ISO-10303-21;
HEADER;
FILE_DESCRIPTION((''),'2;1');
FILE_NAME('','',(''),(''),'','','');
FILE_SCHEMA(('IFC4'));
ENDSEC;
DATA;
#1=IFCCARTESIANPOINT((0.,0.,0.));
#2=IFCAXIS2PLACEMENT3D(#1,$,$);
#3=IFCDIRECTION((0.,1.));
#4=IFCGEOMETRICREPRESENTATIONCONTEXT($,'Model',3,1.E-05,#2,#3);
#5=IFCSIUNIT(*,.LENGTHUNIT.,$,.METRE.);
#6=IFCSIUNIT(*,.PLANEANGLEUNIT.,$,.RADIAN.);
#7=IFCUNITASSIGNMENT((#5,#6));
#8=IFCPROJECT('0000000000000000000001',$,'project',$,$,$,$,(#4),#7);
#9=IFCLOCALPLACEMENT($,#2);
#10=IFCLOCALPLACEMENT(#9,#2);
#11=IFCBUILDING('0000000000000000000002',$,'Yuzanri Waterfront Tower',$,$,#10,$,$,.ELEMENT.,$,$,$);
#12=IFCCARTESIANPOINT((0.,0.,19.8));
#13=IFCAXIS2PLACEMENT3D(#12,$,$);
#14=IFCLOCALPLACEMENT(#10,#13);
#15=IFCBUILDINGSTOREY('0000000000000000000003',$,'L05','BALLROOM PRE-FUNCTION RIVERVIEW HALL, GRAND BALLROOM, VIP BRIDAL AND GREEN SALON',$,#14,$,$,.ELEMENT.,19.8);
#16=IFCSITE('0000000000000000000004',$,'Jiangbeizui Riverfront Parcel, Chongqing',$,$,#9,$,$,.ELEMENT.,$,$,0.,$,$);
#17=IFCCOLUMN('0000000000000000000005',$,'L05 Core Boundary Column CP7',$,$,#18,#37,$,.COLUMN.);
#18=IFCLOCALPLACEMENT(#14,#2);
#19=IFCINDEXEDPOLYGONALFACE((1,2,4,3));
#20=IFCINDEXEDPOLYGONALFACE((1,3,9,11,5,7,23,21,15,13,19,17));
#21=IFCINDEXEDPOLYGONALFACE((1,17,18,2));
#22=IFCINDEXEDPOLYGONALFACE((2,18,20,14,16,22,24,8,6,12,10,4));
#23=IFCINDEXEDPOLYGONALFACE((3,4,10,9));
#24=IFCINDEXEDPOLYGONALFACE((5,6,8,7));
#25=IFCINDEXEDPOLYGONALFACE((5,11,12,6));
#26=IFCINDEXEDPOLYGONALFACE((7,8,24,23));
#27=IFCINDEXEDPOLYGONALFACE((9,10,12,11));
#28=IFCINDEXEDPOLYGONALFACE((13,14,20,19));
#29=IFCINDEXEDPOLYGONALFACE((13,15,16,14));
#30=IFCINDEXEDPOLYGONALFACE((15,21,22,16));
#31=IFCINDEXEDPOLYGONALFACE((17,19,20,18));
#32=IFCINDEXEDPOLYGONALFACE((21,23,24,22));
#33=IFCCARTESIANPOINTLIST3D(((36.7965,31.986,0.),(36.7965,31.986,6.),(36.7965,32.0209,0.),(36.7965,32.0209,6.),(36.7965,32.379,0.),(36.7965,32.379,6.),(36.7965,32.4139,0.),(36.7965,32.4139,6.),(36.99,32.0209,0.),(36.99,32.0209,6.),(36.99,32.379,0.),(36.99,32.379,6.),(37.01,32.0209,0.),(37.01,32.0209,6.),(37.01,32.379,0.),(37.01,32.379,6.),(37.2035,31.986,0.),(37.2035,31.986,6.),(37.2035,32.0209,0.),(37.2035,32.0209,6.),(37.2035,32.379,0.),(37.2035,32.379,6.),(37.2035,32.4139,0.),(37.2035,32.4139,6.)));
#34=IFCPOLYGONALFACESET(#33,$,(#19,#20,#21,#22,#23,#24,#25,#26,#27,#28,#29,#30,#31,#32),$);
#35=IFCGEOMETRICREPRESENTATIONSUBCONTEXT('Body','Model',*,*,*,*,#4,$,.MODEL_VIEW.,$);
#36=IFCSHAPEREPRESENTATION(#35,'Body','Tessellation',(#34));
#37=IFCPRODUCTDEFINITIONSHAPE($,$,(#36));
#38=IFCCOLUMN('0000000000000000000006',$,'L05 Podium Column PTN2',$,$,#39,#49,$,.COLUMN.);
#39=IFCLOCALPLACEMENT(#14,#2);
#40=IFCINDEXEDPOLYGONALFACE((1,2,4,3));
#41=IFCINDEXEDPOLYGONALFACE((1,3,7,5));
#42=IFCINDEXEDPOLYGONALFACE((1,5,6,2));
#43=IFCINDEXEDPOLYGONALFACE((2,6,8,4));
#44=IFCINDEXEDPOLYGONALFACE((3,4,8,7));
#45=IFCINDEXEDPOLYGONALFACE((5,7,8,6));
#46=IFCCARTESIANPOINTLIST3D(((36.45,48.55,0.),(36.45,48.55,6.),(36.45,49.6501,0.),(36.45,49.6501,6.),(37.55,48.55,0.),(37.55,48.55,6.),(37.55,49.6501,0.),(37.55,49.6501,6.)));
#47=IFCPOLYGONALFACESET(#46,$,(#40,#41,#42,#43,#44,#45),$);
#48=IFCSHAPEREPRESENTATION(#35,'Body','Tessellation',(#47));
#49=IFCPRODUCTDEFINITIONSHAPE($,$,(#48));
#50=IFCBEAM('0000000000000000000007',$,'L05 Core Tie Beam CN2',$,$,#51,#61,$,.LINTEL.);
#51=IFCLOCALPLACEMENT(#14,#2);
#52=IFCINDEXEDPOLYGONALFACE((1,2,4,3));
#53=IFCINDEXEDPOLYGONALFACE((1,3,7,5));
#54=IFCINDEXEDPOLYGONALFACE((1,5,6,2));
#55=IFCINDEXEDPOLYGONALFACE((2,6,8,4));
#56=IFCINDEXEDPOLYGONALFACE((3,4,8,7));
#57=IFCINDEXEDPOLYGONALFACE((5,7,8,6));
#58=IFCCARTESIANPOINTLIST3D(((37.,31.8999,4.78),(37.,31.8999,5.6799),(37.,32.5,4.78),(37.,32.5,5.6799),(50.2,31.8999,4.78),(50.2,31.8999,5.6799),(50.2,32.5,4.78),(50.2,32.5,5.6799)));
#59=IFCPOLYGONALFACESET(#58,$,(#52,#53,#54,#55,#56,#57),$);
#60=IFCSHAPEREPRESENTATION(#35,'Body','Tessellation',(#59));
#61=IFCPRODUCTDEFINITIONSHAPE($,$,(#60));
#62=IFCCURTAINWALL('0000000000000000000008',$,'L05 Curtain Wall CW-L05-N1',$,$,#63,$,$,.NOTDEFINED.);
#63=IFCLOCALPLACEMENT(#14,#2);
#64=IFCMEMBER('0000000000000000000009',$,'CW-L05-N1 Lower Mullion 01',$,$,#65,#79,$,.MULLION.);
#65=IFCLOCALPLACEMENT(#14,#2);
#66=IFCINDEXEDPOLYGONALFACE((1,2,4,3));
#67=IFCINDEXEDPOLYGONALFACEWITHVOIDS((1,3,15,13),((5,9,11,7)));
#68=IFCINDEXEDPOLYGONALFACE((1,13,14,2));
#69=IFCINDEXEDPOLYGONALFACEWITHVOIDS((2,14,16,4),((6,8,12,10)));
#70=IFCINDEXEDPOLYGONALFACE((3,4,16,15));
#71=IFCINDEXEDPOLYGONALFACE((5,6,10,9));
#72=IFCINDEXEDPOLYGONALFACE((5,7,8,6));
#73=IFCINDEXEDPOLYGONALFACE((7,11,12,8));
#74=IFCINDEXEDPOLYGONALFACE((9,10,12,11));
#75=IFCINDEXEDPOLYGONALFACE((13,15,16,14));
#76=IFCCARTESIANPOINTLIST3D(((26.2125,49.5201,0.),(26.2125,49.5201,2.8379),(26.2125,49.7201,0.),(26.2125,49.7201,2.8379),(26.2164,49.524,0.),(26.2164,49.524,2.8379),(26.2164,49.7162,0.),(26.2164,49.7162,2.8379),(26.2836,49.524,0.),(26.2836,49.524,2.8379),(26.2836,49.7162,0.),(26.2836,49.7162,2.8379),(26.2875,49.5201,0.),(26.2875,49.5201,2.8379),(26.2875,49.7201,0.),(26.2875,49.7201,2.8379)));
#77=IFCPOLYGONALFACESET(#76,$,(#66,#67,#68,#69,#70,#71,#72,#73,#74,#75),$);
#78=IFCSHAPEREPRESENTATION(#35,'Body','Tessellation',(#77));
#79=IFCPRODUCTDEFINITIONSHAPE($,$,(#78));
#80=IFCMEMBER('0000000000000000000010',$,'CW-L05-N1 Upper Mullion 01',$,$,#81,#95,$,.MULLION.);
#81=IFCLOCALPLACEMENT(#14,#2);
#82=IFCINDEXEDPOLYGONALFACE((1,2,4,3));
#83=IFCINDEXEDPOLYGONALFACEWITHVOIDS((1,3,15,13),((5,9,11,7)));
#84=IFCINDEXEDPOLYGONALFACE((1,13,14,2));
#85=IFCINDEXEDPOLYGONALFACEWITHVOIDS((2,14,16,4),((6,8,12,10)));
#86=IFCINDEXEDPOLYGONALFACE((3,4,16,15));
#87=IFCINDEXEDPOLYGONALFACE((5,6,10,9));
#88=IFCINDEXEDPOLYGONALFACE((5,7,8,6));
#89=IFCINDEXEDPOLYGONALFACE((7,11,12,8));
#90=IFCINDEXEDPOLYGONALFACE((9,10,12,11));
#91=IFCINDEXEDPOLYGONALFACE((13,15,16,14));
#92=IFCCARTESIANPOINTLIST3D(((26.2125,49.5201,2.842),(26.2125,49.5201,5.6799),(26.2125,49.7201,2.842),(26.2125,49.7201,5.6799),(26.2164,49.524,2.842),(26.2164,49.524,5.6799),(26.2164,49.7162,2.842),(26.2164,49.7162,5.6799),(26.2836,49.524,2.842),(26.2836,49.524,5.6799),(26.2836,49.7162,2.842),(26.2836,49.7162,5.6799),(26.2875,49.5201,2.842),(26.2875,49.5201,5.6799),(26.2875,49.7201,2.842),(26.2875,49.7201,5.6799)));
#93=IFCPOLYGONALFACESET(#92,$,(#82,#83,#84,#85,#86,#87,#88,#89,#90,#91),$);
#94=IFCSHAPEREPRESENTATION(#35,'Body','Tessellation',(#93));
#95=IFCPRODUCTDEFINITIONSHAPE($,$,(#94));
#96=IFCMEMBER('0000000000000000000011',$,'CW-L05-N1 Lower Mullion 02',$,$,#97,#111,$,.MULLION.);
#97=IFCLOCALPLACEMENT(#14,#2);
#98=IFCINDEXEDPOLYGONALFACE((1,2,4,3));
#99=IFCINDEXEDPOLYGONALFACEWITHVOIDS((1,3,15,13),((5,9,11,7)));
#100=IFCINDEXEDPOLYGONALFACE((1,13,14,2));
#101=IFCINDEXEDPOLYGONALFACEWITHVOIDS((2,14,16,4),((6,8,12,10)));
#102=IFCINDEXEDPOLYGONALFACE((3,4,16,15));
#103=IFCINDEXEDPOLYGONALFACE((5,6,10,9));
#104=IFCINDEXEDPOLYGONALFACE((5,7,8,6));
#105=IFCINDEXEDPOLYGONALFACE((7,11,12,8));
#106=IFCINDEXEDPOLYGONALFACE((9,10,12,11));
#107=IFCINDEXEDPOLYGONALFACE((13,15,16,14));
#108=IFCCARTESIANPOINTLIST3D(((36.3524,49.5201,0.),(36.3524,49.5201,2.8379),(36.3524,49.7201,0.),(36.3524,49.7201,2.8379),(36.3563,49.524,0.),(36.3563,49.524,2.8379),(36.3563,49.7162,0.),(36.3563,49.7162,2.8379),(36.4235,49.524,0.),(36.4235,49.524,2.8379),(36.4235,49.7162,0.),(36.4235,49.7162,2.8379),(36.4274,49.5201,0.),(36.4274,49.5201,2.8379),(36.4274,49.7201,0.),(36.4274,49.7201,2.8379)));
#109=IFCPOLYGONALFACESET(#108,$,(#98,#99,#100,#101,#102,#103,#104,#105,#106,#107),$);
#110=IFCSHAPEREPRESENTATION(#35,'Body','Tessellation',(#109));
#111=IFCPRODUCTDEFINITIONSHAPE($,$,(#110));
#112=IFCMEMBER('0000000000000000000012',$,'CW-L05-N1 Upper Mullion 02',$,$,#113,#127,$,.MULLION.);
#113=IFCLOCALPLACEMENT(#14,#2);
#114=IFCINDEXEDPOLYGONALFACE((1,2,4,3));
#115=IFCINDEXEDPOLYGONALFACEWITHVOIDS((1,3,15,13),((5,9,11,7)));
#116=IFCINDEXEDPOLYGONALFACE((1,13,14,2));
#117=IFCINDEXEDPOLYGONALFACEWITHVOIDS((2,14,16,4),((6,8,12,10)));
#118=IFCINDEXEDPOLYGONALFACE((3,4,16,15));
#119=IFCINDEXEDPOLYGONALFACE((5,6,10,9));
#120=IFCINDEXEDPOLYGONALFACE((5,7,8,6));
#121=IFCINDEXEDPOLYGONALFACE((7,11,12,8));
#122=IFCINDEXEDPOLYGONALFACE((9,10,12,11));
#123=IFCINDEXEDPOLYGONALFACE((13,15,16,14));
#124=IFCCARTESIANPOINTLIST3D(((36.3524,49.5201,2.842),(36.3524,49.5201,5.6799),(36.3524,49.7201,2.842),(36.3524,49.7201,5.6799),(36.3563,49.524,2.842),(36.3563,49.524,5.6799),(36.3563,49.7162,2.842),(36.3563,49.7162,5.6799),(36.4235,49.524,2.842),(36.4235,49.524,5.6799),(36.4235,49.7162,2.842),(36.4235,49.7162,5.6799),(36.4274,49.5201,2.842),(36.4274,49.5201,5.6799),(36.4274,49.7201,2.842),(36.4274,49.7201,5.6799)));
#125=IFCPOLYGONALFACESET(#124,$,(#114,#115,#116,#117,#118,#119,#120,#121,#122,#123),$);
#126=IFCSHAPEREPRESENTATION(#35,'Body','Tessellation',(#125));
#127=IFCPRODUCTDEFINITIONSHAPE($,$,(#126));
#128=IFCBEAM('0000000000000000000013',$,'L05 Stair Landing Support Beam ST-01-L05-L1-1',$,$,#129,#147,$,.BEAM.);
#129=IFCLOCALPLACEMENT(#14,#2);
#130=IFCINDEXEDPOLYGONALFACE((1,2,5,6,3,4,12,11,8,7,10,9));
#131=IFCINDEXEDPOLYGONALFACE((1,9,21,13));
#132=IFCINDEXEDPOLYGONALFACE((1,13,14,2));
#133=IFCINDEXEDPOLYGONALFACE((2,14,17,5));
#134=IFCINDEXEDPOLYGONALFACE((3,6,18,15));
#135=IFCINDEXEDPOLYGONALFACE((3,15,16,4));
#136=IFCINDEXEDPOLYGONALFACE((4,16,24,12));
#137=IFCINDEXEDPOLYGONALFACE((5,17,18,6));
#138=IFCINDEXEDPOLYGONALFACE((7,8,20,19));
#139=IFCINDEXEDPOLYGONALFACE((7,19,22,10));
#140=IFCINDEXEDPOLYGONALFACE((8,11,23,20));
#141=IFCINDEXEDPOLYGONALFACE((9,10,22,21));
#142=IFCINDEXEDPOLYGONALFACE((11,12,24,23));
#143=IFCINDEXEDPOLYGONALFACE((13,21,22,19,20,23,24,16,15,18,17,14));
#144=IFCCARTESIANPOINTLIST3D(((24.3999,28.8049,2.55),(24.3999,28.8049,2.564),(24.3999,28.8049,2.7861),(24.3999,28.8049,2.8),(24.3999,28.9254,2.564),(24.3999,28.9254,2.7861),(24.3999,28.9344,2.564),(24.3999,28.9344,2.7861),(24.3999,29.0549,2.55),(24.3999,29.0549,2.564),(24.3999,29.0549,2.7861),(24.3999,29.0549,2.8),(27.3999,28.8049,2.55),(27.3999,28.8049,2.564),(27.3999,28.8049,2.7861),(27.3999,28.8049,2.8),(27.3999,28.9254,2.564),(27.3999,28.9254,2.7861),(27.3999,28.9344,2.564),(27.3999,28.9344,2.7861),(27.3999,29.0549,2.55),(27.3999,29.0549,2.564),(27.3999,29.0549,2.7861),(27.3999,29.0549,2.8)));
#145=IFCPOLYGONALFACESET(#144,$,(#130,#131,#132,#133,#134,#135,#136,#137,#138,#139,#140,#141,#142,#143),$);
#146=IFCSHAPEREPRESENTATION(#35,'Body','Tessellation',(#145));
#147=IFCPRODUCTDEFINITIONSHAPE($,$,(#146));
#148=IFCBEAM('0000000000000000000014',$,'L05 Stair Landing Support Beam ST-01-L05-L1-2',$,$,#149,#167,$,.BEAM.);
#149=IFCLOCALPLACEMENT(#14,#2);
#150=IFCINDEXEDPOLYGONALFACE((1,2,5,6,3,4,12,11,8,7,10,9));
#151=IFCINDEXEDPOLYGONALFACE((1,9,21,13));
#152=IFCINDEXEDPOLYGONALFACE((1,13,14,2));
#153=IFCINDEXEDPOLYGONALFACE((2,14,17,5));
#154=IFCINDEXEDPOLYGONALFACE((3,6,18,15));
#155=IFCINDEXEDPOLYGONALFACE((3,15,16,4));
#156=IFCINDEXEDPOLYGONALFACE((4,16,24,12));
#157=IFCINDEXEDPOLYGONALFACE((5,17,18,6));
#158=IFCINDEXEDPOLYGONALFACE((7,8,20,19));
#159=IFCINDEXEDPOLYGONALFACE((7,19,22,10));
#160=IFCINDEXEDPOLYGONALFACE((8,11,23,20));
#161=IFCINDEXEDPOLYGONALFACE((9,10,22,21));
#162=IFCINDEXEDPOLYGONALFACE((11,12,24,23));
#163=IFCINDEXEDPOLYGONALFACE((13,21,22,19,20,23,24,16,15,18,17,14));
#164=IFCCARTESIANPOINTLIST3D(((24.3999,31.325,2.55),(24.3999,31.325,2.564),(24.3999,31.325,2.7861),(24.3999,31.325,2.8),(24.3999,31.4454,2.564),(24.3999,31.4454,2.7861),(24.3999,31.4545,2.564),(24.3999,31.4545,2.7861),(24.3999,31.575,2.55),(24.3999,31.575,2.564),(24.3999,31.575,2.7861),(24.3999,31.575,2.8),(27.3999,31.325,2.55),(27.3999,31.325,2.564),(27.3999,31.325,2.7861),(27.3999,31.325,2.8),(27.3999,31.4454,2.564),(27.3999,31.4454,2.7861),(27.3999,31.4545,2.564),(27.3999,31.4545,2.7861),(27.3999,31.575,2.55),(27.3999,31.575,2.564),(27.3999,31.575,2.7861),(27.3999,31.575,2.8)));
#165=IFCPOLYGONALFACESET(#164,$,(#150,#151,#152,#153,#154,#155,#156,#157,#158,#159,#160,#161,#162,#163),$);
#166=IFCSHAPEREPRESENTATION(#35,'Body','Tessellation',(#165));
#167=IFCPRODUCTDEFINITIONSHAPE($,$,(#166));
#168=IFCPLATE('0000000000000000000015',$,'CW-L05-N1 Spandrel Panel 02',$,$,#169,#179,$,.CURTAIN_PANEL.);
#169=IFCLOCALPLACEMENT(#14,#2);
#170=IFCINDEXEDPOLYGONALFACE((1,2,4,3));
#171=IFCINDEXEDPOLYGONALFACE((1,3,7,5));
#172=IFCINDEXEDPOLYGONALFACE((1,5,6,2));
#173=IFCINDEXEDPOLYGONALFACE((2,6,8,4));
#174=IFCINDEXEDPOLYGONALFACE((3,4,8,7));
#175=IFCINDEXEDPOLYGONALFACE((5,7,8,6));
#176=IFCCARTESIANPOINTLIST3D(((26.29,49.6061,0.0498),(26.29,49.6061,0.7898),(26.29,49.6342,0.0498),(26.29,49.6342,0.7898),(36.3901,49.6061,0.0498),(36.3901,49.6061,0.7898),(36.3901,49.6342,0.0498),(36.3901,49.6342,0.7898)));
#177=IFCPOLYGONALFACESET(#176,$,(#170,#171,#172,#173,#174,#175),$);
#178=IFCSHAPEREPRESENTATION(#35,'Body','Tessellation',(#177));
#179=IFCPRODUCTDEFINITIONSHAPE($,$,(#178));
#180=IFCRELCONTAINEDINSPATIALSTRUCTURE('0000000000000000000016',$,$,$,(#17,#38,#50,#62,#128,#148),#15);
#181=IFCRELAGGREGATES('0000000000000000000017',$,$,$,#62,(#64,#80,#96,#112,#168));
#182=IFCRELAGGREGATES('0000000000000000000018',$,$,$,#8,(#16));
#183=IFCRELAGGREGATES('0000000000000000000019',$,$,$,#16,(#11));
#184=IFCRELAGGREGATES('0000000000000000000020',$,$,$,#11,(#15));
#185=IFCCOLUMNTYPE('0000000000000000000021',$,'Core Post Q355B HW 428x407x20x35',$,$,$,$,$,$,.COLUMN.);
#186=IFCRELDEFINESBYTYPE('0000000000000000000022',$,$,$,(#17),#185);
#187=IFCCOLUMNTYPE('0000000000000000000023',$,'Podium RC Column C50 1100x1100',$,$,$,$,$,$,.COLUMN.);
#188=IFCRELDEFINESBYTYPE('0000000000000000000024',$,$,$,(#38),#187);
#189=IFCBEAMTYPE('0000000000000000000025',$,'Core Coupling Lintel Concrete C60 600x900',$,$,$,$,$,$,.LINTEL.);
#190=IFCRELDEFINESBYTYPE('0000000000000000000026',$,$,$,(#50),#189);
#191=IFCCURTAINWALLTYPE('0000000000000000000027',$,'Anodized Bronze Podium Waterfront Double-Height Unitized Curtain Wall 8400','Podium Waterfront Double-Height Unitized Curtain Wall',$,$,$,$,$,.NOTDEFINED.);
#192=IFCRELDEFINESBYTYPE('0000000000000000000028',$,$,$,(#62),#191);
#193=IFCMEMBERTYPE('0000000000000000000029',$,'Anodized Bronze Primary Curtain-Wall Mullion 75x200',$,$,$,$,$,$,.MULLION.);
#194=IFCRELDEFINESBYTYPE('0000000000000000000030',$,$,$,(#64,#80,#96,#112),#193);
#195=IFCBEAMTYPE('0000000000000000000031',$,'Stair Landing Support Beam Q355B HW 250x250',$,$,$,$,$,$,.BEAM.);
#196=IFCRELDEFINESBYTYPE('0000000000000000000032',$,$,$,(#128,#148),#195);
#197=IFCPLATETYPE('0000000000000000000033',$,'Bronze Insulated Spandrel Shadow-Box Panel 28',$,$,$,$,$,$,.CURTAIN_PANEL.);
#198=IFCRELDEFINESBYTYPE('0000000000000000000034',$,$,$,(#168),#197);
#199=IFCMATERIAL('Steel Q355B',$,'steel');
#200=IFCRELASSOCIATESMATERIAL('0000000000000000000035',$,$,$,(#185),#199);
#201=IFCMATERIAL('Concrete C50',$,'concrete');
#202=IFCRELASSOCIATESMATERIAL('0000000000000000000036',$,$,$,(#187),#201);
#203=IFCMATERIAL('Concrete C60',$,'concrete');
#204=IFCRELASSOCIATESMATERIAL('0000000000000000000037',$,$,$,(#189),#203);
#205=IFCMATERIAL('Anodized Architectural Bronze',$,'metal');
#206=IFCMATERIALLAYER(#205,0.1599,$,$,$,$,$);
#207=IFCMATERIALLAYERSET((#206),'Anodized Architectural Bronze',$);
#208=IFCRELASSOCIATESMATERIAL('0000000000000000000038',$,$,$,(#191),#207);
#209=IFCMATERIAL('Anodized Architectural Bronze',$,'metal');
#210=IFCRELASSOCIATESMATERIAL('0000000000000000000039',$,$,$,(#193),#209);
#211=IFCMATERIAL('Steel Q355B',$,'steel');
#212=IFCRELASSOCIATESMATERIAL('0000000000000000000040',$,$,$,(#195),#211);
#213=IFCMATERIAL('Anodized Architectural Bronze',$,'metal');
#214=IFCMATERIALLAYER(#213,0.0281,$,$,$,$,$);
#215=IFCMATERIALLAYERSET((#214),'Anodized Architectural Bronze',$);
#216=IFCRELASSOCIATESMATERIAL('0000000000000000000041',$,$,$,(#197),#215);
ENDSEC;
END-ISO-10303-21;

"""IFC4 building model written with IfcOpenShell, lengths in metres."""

from ifc_helpers import new_model, si_unit, direction, frame, origin, origin_2d, place, context, subcontext, project, spatial, rectangle, hollow_rectangle, i_section, extrude, source, transform, mapped, material, layer, layer_set, material_profile, profile_set, type_object, element, aggregate, save


model = new_model("IFC4")

# Units and contexts
model_context = context("Model", 3, precision=1e-05, world=origin(), true_north=direction((0.0, 1.0)))
body_context = subcontext(model_context, "Body", "Model", "MODEL_VIEW")
ifc_project = project(units=[si_unit("LENGTHUNIT", "METRE"), si_unit("PLANEANGLEUNIT", "RADIAN")], contexts=[model_context])

# Site, building, storey
site_placement = place(None, origin())
site = spatial("IfcSite", under=ifc_project, at=site_placement, Name="Jiangbeizui Riverfront Parcel, Chongqing", CompositionType="ELEMENT", RefElevation=0.0)
building_placement = place(site_placement, origin())
building = spatial("IfcBuilding", under=site, at=building_placement, Name="Yuzanri Waterfront Tower", CompositionType="ELEMENT")
storey_placement = place(building_placement, frame((0.0, 0.0, 19.8)))
storey = spatial("IfcBuildingStorey", under=building, at=storey_placement, Name="L05", Description="BALLROOM PRE-FUNCTION RIVERVIEW HALL, GRAND BALLROOM, VIP BRIDAL AND GREEN SALON", CompositionType="ELEMENT", Elevation=19.8)

# Columns
ifc_material_1 = material(Name="Steel Q355B", Category="steel")
ifc_material_profile_1 = material_profile(ifc_material_1, i_section(OverallWidth=0.407, OverallDepth=0.428, WebThickness=0.02, FlangeThickness=0.0349, at=origin_2d()), Name="HW 428x407x20x35")
ifc_profile_set_1 = profile_set([ifc_material_profile_1], Name="Steel Q355B")
column_type_1 = type_object("IfcColumnType", Name="Core Post Q355B HW 428x407x20x35", PredefinedType="COLUMN", material=ifc_profile_set_1)
shared_shape_1 = source(origin(), body_context, "Body", "SweptSolid", [
    extrude(i_section(OverallWidth=0.407, OverallDepth=0.428, WebThickness=0.02, FlangeThickness=0.0349, at=origin_2d()), origin(), (0.0, 0.0, 1.0), 6.0),
])
column_1_placement = place(storey_placement, frame((37.0, 32.2, 0.0), z_axis=(0.0, 0.0, 1.0), x_axis=(1.0, 0.0, 0.0)))
element("IfcColumn", 1, at=column_1_placement, inside=storey, type_object=column_type_1, Name="L05 Core Boundary Column CP7", PredefinedType="COLUMN", context=body_context, shape_type="MappedRepresentation", body=[
    mapped(shared_shape_1, transform((0.0, 0.0, 0.0), scale=1.0)),
])
ifc_material_2 = material(Name="Concrete C50", Category="concrete")
ifc_material_profile_2 = material_profile(ifc_material_2, rectangle(XDim=1.1001, YDim=1.1001, at=origin_2d()), Name="RC 1100x1100")
ifc_profile_set_2 = profile_set([ifc_material_profile_2], Name="Concrete C50")
column_type_2 = type_object("IfcColumnType", Name="Podium RC Column C50 1100x1100", PredefinedType="COLUMN", material=ifc_profile_set_2)
shared_shape_2 = source(origin(), body_context, "Body", "SweptSolid", [
    extrude(rectangle(XDim=1.1001, YDim=1.1001, at=origin_2d()), origin(), (0.0, 0.0, 1.0), 6.0),
])
column_2_placement = place(storey_placement, frame((37.0, 49.1001, 0.0), z_axis=(0.0, 0.0, 1.0), x_axis=(1.0, 0.0, 0.0)))
element("IfcColumn", 2, at=column_2_placement, inside=storey, type_object=column_type_2, Name="L05 Podium Column PTN2", PredefinedType="COLUMN", context=body_context, shape_type="MappedRepresentation", body=[
    mapped(shared_shape_2, transform((0.0, 0.0, 0.0), scale=1.0)),
])

# Beam
ifc_material_3 = material(Name="Concrete C60", Category="concrete")
ifc_material_profile_3 = material_profile(ifc_material_3, rectangle(XDim=0.6001, YDim=0.8999, at=origin_2d()), Name="RC 600x900")
ifc_profile_set_3 = profile_set([ifc_material_profile_3], Name="Concrete C60")
beam_type_1 = type_object("IfcBeamType", Name="Core Coupling Lintel Concrete C60 600x900", PredefinedType="LINTEL", material=ifc_profile_set_3)
shared_shape_3 = source(origin(), body_context, "Body", "SweptSolid", [
    extrude(rectangle(XDim=0.6001, YDim=0.8999, at=origin_2d()), origin(), (0.0, 0.0, 1.0), 13.2),
])
beam_placement = place(storey_placement, frame((37.0, 32.2, 5.23), z_axis=(1.0, 0.0, 0.0), x_axis=(0.0, 1.0, 0.0)))
element("IfcBeam", 3, at=beam_placement, inside=storey, type_object=beam_type_1, Name="L05 Core Tie Beam CN2", PredefinedType="LINTEL", context=body_context, shape_type="MappedRepresentation", body=[
    mapped(shared_shape_3, transform((0.0, 0.0, 0.0), scale=1.0)),
])

# Curtain wall, members
ifc_material_4 = material(Name="Anodized Architectural Bronze", Category="metal")
ifc_layer_1 = layer(ifc_material_4, 0.1599)
ifc_layer_set_1 = layer_set([ifc_layer_1], Name="Anodized Architectural Bronze")
curtain_wall_type = type_object("IfcCurtainWallType", Name="Anodized Bronze Podium Waterfront Double-Height Unitized Curtain Wall 8400", Description="Podium Waterfront Double-Height Unitized Curtain Wall", PredefinedType="NOTDEFINED", material=ifc_layer_set_1)
curtain_wall_placement = place(storey_placement, origin())
curtain_wall = element("IfcCurtainWall", 4, at=curtain_wall_placement, inside=storey, type_object=curtain_wall_type, Name="L05 Curtain Wall CW-L05-N1", PredefinedType="NOTDEFINED")
ifc_material_5 = material(Name="Anodized Architectural Bronze", Category="metal")
ifc_material_profile_4 = material_profile(ifc_material_5, hollow_rectangle(XDim=0.075, YDim=0.2, WallThickness=0.0039, at=origin_2d()), Name="CWM 75x200")
ifc_profile_set_4 = profile_set([ifc_material_profile_4], Name="Anodized Architectural Bronze")
member_type = type_object("IfcMemberType", Name="Anodized Bronze Primary Curtain-Wall Mullion 75x200", PredefinedType="MULLION", material=ifc_profile_set_4)
shared_shape_4 = source(origin(), body_context, "Body", "SweptSolid", [
    extrude(hollow_rectangle(XDim=0.075, YDim=0.2, WallThickness=0.0039, at=origin_2d()), origin(), (0.0, 0.0, 1.0), 2.8379),
])
member_1_placement = place(storey_placement, frame((26.25, 49.6201, 0.0), z_axis=(0.0, 0.0, 1.0), x_axis=(1.0, 0.0, 0.0)))
member_1 = element("IfcMember", 5, at=member_1_placement, type_object=member_type, Name="CW-L05-N1 Lower Mullion 01", PredefinedType="MULLION", context=body_context, shape_type="MappedRepresentation", body=[
    mapped(shared_shape_4, transform((0.0, 0.0, 0.0), scale=1.0)),
])
member_2_placement = place(storey_placement, frame((26.25, 49.6201, 2.842), z_axis=(0.0, 0.0, 1.0), x_axis=(1.0, 0.0, 0.0)))
member_2 = element("IfcMember", 6, at=member_2_placement, type_object=member_type, Name="CW-L05-N1 Upper Mullion 01", PredefinedType="MULLION", context=body_context, shape_type="MappedRepresentation", body=[
    mapped(shared_shape_4, transform((0.0, 0.0, 0.0), scale=1.0)),
])
member_3_placement = place(storey_placement, frame((36.3899, 49.6201, 0.0), z_axis=(0.0, 0.0, 1.0), x_axis=(1.0, 0.0, 0.0)))
member_3 = element("IfcMember", 7, at=member_3_placement, type_object=member_type, Name="CW-L05-N1 Lower Mullion 02", PredefinedType="MULLION", context=body_context, shape_type="MappedRepresentation", body=[
    mapped(shared_shape_4, transform((0.0, 0.0, 0.0), scale=1.0)),
])
member_4_placement = place(storey_placement, frame((36.3899, 49.6201, 2.842), z_axis=(0.0, 0.0, 1.0), x_axis=(1.0, 0.0, 0.0)))
member_4 = element("IfcMember", 8, at=member_4_placement, type_object=member_type, Name="CW-L05-N1 Upper Mullion 02", PredefinedType="MULLION", context=body_context, shape_type="MappedRepresentation", body=[
    mapped(shared_shape_4, transform((0.0, 0.0, 0.0), scale=1.0)),
])

# Beams
ifc_material_6 = material(Name="Steel Q355B", Category="steel")
ifc_material_profile_5 = material_profile(ifc_material_6, i_section(OverallWidth=0.25, OverallDepth=0.25, WebThickness=0.009, FlangeThickness=0.0139, at=origin_2d()), Name="HW 250x250x9x14")
ifc_profile_set_5 = profile_set([ifc_material_profile_5], Name="Steel Q355B")
beam_type_2 = type_object("IfcBeamType", Name="Stair Landing Support Beam Q355B HW 250x250", PredefinedType="BEAM", material=ifc_profile_set_5)
shared_shape_5 = source(origin(), body_context, "Body", "SweptSolid", [
    extrude(i_section(OverallWidth=0.25, OverallDepth=0.25, WebThickness=0.009, FlangeThickness=0.0139, at=origin_2d()), origin(), (0.0, 0.0, 1.0), 3.0),
])
for number, where, z_axis, x_axis, name in (
    (9, (24.3999, 28.9299, 2.675), (1.0, 0.0, 0.0), (0.0, 1.0, 0.0), "L05 Stair Landing Support Beam ST-01-L05-L1-1"),
    (10, (24.3999, 31.45, 2.675), (1.0, 0.0, 0.0), (0.0, 1.0, 0.0), "L05 Stair Landing Support Beam ST-01-L05-L1-2"),
):
    element("IfcBeam", number, at=place(storey_placement, frame(where, z_axis=z_axis, x_axis=x_axis)), inside=storey, type_object=beam_type_2, Name=name, PredefinedType="BEAM", context=body_context, shape_type="MappedRepresentation", body=[
        mapped(shared_shape_5, transform((0.0, 0.0, 0.0), scale=1.0)),
    ])

# Plate
ifc_material_7 = material(Name="Anodized Architectural Bronze", Category="metal")
ifc_layer_2 = layer(ifc_material_7, 0.0281)
ifc_layer_set_2 = layer_set([ifc_layer_2], Name="Anodized Architectural Bronze")
plate_type_1 = type_object("IfcPlateType", Name="Bronze Insulated Spandrel Shadow-Box Panel 28", PredefinedType="CURTAIN_PANEL", material=ifc_layer_set_2)
shared_shape_6 = source(origin(), body_context, "Body", "SweptSolid", [
    extrude(rectangle(XDim=10.1001, YDim=0.0281, at=origin_2d()), origin(), (0.0, 0.0, 1.0), 0.74),
])
plate_1_placement = place(storey_placement, frame((31.3401, 49.6201, 0.0498), z_axis=(0.0, 0.0, 1.0), x_axis=(1.0, 0.0, 0.0)))
plate_1 = element("IfcPlate", 11, at=plate_1_placement, type_object=plate_type_1, Name="CW-L05-N1 Spandrel Panel 02", PredefinedType="CURTAIN_PANEL", context=body_context, shape_type="MappedRepresentation", body=[
    mapped(shared_shape_6, transform((0.0, 0.0, 0.0), scale=1.0)),
])
aggregate(curtain_wall, [member_1, member_2, member_3, member_4, plate_1])

save(model, "model.ifc")
